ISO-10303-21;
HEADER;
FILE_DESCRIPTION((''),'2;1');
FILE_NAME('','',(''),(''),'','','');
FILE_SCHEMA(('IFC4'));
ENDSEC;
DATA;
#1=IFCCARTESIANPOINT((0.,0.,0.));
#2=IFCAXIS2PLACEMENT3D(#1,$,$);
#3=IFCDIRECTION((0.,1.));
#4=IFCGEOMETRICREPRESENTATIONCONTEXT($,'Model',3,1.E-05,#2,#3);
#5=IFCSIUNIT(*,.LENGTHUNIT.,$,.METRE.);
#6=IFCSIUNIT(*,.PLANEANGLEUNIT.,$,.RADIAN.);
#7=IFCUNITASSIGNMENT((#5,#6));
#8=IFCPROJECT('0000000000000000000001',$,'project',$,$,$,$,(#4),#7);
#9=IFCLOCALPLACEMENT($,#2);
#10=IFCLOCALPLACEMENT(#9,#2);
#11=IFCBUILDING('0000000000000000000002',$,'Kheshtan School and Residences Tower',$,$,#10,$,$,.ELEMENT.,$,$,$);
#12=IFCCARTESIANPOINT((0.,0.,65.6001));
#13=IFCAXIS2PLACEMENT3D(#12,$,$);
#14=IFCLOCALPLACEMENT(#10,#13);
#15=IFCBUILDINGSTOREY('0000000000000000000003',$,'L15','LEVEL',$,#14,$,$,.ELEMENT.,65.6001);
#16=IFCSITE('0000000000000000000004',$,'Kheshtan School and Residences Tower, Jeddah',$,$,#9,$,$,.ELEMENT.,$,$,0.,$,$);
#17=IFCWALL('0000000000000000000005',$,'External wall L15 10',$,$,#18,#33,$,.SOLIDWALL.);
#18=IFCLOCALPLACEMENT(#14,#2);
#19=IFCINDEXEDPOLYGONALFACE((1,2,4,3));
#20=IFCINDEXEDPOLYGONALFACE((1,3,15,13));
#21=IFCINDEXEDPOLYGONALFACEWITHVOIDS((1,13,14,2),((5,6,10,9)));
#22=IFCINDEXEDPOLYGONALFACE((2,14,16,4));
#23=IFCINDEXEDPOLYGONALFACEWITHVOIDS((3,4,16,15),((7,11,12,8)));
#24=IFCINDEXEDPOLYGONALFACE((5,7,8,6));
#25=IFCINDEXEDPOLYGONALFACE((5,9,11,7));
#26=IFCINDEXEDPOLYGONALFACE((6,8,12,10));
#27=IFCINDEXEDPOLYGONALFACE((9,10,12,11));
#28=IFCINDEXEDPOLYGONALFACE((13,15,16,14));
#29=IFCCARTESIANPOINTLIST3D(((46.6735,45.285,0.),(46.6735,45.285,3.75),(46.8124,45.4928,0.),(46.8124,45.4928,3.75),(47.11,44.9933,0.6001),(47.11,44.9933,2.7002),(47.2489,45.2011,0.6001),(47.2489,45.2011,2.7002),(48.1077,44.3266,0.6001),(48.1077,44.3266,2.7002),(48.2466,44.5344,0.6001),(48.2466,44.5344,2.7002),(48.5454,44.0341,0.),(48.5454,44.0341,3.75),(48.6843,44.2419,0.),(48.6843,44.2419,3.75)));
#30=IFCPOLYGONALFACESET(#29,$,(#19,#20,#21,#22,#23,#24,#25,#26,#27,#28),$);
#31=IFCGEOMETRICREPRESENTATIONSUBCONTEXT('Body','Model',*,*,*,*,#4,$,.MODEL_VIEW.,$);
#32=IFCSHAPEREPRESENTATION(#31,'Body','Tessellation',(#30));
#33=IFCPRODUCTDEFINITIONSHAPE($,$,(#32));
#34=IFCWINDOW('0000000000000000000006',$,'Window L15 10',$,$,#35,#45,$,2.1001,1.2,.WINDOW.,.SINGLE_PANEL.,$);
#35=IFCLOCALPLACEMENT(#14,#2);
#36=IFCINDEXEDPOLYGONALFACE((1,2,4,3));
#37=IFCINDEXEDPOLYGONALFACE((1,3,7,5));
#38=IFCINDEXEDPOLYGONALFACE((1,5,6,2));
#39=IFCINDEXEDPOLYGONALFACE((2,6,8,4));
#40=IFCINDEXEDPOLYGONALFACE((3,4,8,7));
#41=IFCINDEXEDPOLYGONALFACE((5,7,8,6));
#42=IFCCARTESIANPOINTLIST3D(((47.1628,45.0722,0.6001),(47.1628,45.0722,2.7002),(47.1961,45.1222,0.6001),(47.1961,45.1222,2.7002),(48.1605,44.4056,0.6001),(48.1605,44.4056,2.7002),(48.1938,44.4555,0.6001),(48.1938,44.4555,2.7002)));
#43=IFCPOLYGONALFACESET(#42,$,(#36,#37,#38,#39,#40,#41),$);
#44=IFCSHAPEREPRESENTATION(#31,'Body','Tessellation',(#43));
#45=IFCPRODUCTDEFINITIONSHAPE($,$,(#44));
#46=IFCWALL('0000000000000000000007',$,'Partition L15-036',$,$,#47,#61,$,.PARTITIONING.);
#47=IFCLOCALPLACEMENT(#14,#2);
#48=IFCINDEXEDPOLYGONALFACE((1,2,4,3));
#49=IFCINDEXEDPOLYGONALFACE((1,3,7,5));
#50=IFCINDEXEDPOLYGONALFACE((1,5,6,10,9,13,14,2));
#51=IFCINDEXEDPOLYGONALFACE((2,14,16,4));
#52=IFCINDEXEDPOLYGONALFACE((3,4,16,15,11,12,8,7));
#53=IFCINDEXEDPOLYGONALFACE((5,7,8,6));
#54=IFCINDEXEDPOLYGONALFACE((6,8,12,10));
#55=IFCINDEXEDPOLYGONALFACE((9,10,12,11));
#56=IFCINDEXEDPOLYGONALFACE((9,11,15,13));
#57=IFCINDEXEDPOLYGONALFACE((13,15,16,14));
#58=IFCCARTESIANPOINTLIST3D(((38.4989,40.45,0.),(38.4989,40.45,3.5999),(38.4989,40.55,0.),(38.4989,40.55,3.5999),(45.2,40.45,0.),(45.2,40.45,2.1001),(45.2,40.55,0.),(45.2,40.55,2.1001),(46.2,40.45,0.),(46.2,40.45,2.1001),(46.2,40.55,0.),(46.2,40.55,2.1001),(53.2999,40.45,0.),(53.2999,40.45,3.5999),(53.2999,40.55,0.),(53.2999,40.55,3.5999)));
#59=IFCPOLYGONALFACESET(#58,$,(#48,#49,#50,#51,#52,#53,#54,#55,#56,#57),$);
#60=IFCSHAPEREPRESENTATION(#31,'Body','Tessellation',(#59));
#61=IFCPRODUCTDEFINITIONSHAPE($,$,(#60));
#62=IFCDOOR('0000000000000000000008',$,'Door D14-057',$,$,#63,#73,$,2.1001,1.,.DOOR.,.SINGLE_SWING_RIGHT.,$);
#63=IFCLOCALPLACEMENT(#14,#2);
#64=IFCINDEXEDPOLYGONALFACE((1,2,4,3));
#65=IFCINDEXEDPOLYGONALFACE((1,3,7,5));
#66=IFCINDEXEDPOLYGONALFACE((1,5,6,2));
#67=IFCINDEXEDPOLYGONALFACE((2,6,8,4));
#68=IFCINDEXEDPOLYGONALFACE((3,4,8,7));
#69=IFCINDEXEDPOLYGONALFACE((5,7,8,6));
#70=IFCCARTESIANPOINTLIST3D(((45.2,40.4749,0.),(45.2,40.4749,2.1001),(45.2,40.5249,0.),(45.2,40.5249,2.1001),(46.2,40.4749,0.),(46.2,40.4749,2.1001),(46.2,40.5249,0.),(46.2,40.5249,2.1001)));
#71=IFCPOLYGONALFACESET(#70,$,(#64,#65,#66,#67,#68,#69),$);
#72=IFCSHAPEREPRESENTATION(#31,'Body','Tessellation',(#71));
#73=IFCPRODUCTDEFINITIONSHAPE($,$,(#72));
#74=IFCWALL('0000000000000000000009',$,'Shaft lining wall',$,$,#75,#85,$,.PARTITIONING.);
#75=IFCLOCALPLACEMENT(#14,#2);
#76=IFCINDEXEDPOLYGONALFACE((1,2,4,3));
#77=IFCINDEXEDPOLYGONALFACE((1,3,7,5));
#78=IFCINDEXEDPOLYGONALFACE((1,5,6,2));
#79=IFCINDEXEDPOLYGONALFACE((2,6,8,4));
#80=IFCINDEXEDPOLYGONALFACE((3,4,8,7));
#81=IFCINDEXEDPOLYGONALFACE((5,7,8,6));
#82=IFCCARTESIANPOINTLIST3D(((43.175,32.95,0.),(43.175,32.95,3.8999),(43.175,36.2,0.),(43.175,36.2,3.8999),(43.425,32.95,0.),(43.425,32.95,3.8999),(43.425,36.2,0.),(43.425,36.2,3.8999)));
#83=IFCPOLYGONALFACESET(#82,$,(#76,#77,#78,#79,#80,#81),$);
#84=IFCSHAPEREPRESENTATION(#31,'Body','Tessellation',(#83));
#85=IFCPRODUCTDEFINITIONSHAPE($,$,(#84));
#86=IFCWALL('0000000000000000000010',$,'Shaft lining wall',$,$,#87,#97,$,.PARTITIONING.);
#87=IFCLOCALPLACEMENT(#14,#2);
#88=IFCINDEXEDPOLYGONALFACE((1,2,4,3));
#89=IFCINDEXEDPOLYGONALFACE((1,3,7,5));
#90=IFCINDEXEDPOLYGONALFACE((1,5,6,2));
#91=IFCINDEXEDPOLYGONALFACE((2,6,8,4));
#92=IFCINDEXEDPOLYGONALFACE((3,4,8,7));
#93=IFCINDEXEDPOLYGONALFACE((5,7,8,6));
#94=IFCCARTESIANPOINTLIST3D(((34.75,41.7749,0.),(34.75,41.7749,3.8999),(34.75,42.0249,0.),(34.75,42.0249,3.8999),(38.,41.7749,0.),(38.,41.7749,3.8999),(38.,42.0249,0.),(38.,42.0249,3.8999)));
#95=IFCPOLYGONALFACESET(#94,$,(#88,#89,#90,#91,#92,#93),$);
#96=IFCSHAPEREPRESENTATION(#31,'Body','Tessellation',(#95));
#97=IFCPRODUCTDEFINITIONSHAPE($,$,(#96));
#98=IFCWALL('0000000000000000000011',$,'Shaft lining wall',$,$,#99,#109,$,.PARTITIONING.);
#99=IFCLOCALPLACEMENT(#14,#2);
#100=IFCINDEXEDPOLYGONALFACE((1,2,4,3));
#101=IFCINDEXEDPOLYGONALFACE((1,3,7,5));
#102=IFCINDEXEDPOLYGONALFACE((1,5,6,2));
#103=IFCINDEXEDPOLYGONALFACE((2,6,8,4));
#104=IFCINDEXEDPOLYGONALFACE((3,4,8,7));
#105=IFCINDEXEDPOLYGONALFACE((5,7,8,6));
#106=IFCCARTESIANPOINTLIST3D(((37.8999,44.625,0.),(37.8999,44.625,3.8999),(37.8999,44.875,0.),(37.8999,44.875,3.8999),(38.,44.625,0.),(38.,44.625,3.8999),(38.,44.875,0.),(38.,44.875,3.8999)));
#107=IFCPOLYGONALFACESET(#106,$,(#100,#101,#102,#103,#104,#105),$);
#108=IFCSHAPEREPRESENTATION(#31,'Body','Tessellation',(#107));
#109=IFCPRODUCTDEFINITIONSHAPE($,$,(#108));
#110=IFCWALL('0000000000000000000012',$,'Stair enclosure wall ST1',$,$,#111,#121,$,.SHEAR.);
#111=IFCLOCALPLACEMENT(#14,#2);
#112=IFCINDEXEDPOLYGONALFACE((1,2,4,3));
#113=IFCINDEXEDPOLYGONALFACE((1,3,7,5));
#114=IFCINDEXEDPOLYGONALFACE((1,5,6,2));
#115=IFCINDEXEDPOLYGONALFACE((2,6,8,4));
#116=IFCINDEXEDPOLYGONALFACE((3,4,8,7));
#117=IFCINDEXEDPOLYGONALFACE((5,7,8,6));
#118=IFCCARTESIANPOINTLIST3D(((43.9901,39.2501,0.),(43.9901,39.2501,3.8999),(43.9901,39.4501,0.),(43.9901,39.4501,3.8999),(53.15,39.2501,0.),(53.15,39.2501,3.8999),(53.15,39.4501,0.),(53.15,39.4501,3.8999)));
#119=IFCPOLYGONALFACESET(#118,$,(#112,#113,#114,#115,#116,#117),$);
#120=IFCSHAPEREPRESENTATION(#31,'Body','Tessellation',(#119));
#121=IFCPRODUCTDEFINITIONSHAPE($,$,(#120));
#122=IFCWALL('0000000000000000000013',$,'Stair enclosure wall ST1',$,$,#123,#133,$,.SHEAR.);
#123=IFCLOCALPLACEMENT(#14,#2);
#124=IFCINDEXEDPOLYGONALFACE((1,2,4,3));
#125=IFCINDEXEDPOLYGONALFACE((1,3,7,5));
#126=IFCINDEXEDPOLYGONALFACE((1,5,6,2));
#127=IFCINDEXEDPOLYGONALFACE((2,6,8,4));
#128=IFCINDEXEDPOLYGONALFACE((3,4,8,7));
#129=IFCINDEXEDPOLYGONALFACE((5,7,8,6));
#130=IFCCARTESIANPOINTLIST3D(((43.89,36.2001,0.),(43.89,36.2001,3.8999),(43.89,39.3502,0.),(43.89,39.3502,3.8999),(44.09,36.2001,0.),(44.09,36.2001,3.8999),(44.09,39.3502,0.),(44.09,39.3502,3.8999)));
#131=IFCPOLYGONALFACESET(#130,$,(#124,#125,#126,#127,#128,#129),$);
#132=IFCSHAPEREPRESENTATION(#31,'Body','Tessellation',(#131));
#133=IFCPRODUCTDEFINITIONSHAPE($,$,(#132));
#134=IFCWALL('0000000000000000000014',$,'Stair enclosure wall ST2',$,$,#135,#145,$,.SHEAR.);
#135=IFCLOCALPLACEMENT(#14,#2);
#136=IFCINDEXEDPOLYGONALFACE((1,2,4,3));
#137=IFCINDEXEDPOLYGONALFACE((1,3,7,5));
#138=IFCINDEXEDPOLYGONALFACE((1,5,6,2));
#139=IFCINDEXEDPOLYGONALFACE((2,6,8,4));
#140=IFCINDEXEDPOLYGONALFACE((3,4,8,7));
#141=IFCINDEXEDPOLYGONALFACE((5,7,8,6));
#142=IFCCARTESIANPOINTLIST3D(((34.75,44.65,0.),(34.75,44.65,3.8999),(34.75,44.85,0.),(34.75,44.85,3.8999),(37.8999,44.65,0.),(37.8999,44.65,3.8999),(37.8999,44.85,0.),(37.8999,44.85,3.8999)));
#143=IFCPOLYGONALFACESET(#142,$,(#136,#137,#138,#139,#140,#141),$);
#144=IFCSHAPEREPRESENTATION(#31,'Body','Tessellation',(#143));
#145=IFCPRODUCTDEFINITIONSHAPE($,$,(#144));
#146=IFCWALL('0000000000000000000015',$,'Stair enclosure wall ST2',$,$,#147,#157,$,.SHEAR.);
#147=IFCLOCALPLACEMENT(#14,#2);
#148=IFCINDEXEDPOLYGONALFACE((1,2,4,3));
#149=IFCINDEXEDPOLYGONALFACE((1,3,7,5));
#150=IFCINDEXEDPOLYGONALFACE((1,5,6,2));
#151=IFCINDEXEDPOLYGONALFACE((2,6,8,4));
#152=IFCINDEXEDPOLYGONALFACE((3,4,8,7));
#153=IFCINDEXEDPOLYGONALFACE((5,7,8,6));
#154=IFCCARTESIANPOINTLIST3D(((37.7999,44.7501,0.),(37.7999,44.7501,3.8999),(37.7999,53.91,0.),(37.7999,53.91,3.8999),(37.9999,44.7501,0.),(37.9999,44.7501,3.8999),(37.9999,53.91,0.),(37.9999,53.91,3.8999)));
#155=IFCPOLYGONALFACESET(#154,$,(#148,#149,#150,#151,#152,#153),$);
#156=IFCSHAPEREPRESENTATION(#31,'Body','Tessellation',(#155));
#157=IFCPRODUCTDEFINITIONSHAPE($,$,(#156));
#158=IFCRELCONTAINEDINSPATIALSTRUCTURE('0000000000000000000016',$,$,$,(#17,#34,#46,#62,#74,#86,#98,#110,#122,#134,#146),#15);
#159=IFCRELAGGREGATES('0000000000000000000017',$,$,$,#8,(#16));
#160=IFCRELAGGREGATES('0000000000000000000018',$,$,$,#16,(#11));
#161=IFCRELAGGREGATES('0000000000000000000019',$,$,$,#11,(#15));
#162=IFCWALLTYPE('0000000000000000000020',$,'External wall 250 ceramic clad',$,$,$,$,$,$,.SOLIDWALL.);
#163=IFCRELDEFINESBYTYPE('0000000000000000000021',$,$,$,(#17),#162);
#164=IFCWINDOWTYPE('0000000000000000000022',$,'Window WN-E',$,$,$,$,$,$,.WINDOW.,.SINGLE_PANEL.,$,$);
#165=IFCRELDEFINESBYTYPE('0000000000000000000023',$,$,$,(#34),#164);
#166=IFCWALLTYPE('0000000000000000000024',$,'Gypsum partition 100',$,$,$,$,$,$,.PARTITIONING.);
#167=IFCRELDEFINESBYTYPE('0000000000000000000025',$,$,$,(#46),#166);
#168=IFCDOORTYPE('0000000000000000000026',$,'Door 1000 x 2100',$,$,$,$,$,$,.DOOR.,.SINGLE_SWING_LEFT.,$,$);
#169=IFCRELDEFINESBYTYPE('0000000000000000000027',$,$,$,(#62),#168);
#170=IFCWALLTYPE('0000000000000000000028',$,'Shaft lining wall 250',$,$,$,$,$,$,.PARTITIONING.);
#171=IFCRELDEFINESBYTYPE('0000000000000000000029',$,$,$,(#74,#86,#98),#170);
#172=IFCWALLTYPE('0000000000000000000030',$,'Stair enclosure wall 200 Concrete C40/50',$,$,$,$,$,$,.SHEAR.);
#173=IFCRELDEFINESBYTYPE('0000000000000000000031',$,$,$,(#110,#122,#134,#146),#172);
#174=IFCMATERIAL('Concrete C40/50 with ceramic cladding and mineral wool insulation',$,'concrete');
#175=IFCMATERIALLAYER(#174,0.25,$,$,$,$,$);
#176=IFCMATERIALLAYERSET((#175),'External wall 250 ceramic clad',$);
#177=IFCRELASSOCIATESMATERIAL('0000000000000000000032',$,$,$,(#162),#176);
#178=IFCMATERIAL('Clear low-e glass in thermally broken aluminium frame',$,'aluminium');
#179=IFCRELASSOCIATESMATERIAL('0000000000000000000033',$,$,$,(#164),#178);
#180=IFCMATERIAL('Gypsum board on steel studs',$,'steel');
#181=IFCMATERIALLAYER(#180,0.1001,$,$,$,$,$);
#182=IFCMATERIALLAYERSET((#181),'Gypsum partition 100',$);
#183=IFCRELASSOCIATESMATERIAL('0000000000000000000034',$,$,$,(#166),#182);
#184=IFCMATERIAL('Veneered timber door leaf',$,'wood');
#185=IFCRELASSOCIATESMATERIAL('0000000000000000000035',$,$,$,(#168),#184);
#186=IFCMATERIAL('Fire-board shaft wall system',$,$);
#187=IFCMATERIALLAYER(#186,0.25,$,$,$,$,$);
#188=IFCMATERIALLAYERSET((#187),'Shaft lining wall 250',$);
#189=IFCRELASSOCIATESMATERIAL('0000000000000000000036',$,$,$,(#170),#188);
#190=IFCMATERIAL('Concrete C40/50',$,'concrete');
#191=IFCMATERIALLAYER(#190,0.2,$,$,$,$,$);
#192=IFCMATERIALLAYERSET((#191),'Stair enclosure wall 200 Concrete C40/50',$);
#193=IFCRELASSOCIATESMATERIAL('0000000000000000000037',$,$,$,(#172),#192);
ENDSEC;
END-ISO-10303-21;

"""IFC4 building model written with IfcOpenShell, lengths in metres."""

from ifc_helpers import new_model, si_unit, direction, frame, frame_2d, origin, place, context, subcontext, project, spatial, rectangle, extrude, source, transform, mapped, material, layer, layer_set, type_object, element, fill, save


model = new_model("IFC4")

# Units and contexts
model_context = context("Model", 3, precision=1e-05, world=origin(), true_north=direction((0.0, 1.0)))
body_context = subcontext(model_context, "Body", "Model", "MODEL_VIEW")
ifc_project = project(units=[si_unit("LENGTHUNIT", "METRE"), si_unit("PLANEANGLEUNIT", "RADIAN")], contexts=[model_context])

# Site, building, storey
site_placement = place(None, origin())
site = spatial("IfcSite", under=ifc_project, at=site_placement, Name="Kheshtan School and Residences Tower, Jeddah", CompositionType="ELEMENT", RefElevation=0.0)
building_placement = place(site_placement, origin())
building = spatial("IfcBuilding", under=site, at=building_placement, Name="Kheshtan School and Residences Tower", CompositionType="ELEMENT")
storey_placement = place(building_placement, frame((0.0, 0.0, 65.6001)))
storey = spatial("IfcBuildingStorey", under=building, at=storey_placement, Name="L15", Description="LEVEL", CompositionType="ELEMENT", Elevation=65.6001)

# Wall, opening, window
ifc_material_1 = material(Name="Concrete C40/50 with ceramic cladding and mineral wool insulation", Category="concrete")
ifc_layer_1 = layer(ifc_material_1, 0.25)
ifc_layer_set_1 = layer_set([ifc_layer_1], Name="External wall 250 ceramic clad")
wall_type_1 = type_object("IfcWallType", Name="External wall 250 ceramic clad", PredefinedType="SOLIDWALL", material=ifc_layer_set_1)
wall_1_placement = place(storey_placement, frame((46.7429, 45.3889, 0.0), z_axis=(0.0, 0.0, 1.0), x_axis=(0.831449, -0.555601, 0.0)))
wall_1 = element("IfcWall", 1, at=wall_1_placement, inside=storey, type_object=wall_type_1, Name="External wall L15 10", PredefinedType="SOLIDWALL", context=body_context, shape_type="SweptSolid", body=[
    extrude(rectangle(XDim=2.2515, YDim=0.25, at=frame_2d((1.1257, 0.0))), origin(), (0.0, 0.0, 1.0), 3.75),
])
opening_1_placement = place(wall_1_placement, frame((0.5249, 0.0, 0.6001)))
opening_1 = element("IfcOpeningElement", 2, at=opening_1_placement, cuts=wall_1, PredefinedType="OPENING", context=body_context, shape_type="SweptSolid", body=[
    extrude(rectangle(XDim=1.2, YDim=2.1001, at=frame_2d((0.6001, 1.05))), frame((0.0, 0.135, 0.0), z_axis=(0.0, -1.0, 0.0), x_axis=(1.0, 0.0, 0.0)), (0.0, 0.0, 1.0), 0.27),
])
ifc_material_2 = material(Name="Clear low-e glass in thermally broken aluminium frame", Category="aluminium")
window_type = type_object("IfcWindowType", Name="Window WN-E", PartitioningType="SINGLE_PANEL", PredefinedType="WINDOW", material=ifc_material_2)
shared_shape_1 = source(origin(), body_context, "Body", "SweptSolid", [
    extrude(rectangle(XDim=1.2, YDim=2.1001, at=frame_2d((0.6001, 1.05))), frame((0.0, 0.03, 0.0), z_axis=(0.0, -1.0, 0.0), x_axis=(1.0, 0.0, 0.0)), (0.0, 0.0, 1.0), 0.0601),
])
window_placement = place(opening_1_placement, origin())
window = element("IfcWindow", 3, at=window_placement, inside=storey, type_object=window_type, Name="Window L15 10", OverallHeight=2.1001, OverallWidth=1.2, PartitioningType="SINGLE_PANEL", PredefinedType="WINDOW", context=body_context, shape_type="MappedRepresentation", body=[
    mapped(shared_shape_1, transform((0.0, 0.0, 0.0), x_axis=(1.0, 0.0, 0.0), y_axis=(0.0, 1.0, 0.0), z_axis=(0.0, 0.0, 1.0), scale=1.0)),
])
fill(opening_1, window)

# Wall, opening, door
ifc_material_3 = material(Name="Gypsum board on steel studs", Category="steel")
ifc_layer_2 = layer(ifc_material_3, 0.1001)
ifc_layer_set_2 = layer_set([ifc_layer_2], Name="Gypsum partition 100")
wall_type_2 = type_object("IfcWallType", Name="Gypsum partition 100", PredefinedType="PARTITIONING", material=ifc_layer_set_2)
wall_2_placement = place(storey_placement, frame((38.499, 40.5, 0.0), z_axis=(0.0, 0.0, 1.0), x_axis=(1.0, 0.0, 0.0)))
wall_2 = element("IfcWall", 4, at=wall_2_placement, inside=storey, type_object=wall_type_2, Name="Partition L15-036", PredefinedType="PARTITIONING", context=body_context, shape_type="SweptSolid", body=[
    extrude(rectangle(XDim=14.801, YDim=0.1001, at=frame_2d((7.4004, 0.0))), origin(), (0.0, 0.0, 1.0), 3.5999),
])
opening_2_placement = place(wall_2_placement, frame((6.7009, 0.0, 0.0)))
opening_2 = element("IfcOpeningElement", 5, at=opening_2_placement, cuts=wall_2, PredefinedType="OPENING", context=body_context, shape_type="SweptSolid", body=[
    extrude(rectangle(XDim=1.0, YDim=2.1001, at=frame_2d((0.5, 1.05))), frame((0.0, 0.0601, 0.0), z_axis=(0.0, -1.0, 0.0), x_axis=(1.0, 0.0, 0.0)), (0.0, 0.0, 1.0), 0.1201),
])
ifc_material_4 = material(Name="Veneered timber door leaf", Category="wood")
door_type_1 = type_object("IfcDoorType", Name="Door 1000 x 2100", OperationType="SINGLE_SWING_LEFT", PredefinedType="DOOR", material=ifc_material_4)
shared_shape_2 = source(origin(), body_context, "Body", "SweptSolid", [
    extrude(rectangle(XDim=1.0, YDim=2.1001, at=frame_2d((0.5, 1.05))), frame((0.0, 0.0249, 0.0), z_axis=(0.0, -1.0, 0.0), x_axis=(1.0, 0.0, 0.0)), (0.0, 0.0, 1.0), 0.05),
])
door_1_placement = place(opening_2_placement, origin())
door_1 = element("IfcDoor", 6, at=door_1_placement, inside=storey, type_object=door_type_1, Name="Door D14-057", OperationType="SINGLE_SWING_RIGHT", OverallHeight=2.1001, OverallWidth=1.0, PredefinedType="DOOR", context=body_context, shape_type="MappedRepresentation", body=[
    mapped(shared_shape_2, transform((0.0, 0.0, 0.0), x_axis=(1.0, 0.0, 0.0), y_axis=(0.0, 1.0, 0.0), z_axis=(0.0, 0.0, 1.0), scale=1.0)),
])
fill(opening_2, door_1)

# Walls
ifc_material_5 = material(Name="Fire-board shaft wall system")
ifc_layer_3 = layer(ifc_material_5, 0.25)
ifc_layer_set_3 = layer_set([ifc_layer_3], Name="Shaft lining wall 250")
wall_type_3 = type_object("IfcWallType", Name="Shaft lining wall 250", PredefinedType="PARTITIONING", material=ifc_layer_set_3)
for number, where, z_axis, x_axis, name in (
    (7, (43.3, 32.95, 0.0), (0.0, 0.0, 1.0), (0.0, 1.0, 0.0), "Shaft lining wall"),
    (8, (34.75, 41.8999, 0.0), (0.0, 0.0, 1.0), (1.0, 0.0, 0.0), "Shaft lining wall"),
):
    element("IfcWall", number, at=place(storey_placement, frame(where, z_axis=z_axis, x_axis=x_axis)), inside=storey, type_object=wall_type_3, Name=name, PredefinedType="PARTITIONING", context=body_context, shape_type="SweptSolid", body=[
        extrude(rectangle(XDim=3.25, YDim=0.25, at=frame_2d((1.625, 0.0))), origin(), (0.0, 0.0, 1.0), 3.8999),
    ])
wall_3_placement = place(storey_placement, frame((37.8999, 44.75, 0.0), z_axis=(0.0, 0.0, 1.0), x_axis=(1.0, 0.0, 0.0)))
element("IfcWall", 9, at=wall_3_placement, inside=storey, type_object=wall_type_3, Name="Shaft lining wall", PredefinedType="PARTITIONING", context=body_context, shape_type="SweptSolid", body=[
    extrude(rectangle(XDim=0.1001, YDim=0.25, at=frame_2d((0.05, 0.0))), origin(), (0.0, 0.0, 1.0), 3.8999),
])
ifc_material_6 = material(Name="Concrete C40/50", Category="concrete")
ifc_layer_4 = layer(ifc_material_6, 0.2)
ifc_layer_set_4 = layer_set([ifc_layer_4], Name="Stair enclosure wall 200 Concrete C40/50")
wall_type_4 = type_object("IfcWallType", Name="Stair enclosure wall 200 Concrete C40/50", PredefinedType="SHEAR", material=ifc_layer_set_4)
wall_4_placement = place(storey_placement, frame((43.99, 39.3501, 0.0), z_axis=(0.0, 0.0, 1.0), x_axis=(1.0, 0.0, 0.0)))
element("IfcWall", 10, at=wall_4_placement, inside=storey, type_object=wall_type_4, Name="Stair enclosure wall ST1", PredefinedType="SHEAR", context=body_context, shape_type="SweptSolid", body=[
    extrude(rectangle(XDim=9.1599, YDim=0.2, at=frame_2d((4.5801, 0.0))), origin(), (0.0, 0.0, 1.0), 3.8999),
])
wall_5_placement = place(storey_placement, frame((43.99, 36.2, 0.0), z_axis=(0.0, 0.0, 1.0), x_axis=(0.0, 1.0, 0.0)))
element("IfcWall", 11, at=wall_5_placement, inside=storey, type_object=wall_type_4, Name="Stair enclosure wall ST1", PredefinedType="SHEAR", context=body_context, shape_type="SweptSolid", body=[
    extrude(rectangle(XDim=3.1501, YDim=0.2, at=frame_2d((1.5752, 0.0))), origin(), (0.0, 0.0, 1.0), 3.8999),
])
wall_6_placement = place(storey_placement, frame((34.75, 44.75, 0.0), z_axis=(0.0, 0.0, 1.0), x_axis=(1.0, 0.0, 0.0)))
element("IfcWall", 12, at=wall_6_placement, inside=storey, type_object=wall_type_4, Name="Stair enclosure wall ST2", PredefinedType="SHEAR", context=body_context, shape_type="SweptSolid", body=[
    extrude(rectangle(XDim=3.1499, YDim=0.2, at=frame_2d((1.575, 0.0))), origin(), (0.0, 0.0, 1.0), 3.8999),
])
wall_7_placement = place(storey_placement, frame((37.8999, 44.75, 0.0), z_axis=(0.0, 0.0, 1.0), x_axis=(0.0, 1.0, 0.0)))
element("IfcWall", 13, at=wall_7_placement, inside=storey, type_object=wall_type_4, Name="Stair enclosure wall ST2", PredefinedType="SHEAR", context=body_context, shape_type="SweptSolid", body=[
    extrude(rectangle(XDim=9.1599, YDim=0.2, at=frame_2d((4.5801, 0.0))), origin(), (0.0, 0.0, 1.0), 3.8999),
])

save(model, "model.ifc")
